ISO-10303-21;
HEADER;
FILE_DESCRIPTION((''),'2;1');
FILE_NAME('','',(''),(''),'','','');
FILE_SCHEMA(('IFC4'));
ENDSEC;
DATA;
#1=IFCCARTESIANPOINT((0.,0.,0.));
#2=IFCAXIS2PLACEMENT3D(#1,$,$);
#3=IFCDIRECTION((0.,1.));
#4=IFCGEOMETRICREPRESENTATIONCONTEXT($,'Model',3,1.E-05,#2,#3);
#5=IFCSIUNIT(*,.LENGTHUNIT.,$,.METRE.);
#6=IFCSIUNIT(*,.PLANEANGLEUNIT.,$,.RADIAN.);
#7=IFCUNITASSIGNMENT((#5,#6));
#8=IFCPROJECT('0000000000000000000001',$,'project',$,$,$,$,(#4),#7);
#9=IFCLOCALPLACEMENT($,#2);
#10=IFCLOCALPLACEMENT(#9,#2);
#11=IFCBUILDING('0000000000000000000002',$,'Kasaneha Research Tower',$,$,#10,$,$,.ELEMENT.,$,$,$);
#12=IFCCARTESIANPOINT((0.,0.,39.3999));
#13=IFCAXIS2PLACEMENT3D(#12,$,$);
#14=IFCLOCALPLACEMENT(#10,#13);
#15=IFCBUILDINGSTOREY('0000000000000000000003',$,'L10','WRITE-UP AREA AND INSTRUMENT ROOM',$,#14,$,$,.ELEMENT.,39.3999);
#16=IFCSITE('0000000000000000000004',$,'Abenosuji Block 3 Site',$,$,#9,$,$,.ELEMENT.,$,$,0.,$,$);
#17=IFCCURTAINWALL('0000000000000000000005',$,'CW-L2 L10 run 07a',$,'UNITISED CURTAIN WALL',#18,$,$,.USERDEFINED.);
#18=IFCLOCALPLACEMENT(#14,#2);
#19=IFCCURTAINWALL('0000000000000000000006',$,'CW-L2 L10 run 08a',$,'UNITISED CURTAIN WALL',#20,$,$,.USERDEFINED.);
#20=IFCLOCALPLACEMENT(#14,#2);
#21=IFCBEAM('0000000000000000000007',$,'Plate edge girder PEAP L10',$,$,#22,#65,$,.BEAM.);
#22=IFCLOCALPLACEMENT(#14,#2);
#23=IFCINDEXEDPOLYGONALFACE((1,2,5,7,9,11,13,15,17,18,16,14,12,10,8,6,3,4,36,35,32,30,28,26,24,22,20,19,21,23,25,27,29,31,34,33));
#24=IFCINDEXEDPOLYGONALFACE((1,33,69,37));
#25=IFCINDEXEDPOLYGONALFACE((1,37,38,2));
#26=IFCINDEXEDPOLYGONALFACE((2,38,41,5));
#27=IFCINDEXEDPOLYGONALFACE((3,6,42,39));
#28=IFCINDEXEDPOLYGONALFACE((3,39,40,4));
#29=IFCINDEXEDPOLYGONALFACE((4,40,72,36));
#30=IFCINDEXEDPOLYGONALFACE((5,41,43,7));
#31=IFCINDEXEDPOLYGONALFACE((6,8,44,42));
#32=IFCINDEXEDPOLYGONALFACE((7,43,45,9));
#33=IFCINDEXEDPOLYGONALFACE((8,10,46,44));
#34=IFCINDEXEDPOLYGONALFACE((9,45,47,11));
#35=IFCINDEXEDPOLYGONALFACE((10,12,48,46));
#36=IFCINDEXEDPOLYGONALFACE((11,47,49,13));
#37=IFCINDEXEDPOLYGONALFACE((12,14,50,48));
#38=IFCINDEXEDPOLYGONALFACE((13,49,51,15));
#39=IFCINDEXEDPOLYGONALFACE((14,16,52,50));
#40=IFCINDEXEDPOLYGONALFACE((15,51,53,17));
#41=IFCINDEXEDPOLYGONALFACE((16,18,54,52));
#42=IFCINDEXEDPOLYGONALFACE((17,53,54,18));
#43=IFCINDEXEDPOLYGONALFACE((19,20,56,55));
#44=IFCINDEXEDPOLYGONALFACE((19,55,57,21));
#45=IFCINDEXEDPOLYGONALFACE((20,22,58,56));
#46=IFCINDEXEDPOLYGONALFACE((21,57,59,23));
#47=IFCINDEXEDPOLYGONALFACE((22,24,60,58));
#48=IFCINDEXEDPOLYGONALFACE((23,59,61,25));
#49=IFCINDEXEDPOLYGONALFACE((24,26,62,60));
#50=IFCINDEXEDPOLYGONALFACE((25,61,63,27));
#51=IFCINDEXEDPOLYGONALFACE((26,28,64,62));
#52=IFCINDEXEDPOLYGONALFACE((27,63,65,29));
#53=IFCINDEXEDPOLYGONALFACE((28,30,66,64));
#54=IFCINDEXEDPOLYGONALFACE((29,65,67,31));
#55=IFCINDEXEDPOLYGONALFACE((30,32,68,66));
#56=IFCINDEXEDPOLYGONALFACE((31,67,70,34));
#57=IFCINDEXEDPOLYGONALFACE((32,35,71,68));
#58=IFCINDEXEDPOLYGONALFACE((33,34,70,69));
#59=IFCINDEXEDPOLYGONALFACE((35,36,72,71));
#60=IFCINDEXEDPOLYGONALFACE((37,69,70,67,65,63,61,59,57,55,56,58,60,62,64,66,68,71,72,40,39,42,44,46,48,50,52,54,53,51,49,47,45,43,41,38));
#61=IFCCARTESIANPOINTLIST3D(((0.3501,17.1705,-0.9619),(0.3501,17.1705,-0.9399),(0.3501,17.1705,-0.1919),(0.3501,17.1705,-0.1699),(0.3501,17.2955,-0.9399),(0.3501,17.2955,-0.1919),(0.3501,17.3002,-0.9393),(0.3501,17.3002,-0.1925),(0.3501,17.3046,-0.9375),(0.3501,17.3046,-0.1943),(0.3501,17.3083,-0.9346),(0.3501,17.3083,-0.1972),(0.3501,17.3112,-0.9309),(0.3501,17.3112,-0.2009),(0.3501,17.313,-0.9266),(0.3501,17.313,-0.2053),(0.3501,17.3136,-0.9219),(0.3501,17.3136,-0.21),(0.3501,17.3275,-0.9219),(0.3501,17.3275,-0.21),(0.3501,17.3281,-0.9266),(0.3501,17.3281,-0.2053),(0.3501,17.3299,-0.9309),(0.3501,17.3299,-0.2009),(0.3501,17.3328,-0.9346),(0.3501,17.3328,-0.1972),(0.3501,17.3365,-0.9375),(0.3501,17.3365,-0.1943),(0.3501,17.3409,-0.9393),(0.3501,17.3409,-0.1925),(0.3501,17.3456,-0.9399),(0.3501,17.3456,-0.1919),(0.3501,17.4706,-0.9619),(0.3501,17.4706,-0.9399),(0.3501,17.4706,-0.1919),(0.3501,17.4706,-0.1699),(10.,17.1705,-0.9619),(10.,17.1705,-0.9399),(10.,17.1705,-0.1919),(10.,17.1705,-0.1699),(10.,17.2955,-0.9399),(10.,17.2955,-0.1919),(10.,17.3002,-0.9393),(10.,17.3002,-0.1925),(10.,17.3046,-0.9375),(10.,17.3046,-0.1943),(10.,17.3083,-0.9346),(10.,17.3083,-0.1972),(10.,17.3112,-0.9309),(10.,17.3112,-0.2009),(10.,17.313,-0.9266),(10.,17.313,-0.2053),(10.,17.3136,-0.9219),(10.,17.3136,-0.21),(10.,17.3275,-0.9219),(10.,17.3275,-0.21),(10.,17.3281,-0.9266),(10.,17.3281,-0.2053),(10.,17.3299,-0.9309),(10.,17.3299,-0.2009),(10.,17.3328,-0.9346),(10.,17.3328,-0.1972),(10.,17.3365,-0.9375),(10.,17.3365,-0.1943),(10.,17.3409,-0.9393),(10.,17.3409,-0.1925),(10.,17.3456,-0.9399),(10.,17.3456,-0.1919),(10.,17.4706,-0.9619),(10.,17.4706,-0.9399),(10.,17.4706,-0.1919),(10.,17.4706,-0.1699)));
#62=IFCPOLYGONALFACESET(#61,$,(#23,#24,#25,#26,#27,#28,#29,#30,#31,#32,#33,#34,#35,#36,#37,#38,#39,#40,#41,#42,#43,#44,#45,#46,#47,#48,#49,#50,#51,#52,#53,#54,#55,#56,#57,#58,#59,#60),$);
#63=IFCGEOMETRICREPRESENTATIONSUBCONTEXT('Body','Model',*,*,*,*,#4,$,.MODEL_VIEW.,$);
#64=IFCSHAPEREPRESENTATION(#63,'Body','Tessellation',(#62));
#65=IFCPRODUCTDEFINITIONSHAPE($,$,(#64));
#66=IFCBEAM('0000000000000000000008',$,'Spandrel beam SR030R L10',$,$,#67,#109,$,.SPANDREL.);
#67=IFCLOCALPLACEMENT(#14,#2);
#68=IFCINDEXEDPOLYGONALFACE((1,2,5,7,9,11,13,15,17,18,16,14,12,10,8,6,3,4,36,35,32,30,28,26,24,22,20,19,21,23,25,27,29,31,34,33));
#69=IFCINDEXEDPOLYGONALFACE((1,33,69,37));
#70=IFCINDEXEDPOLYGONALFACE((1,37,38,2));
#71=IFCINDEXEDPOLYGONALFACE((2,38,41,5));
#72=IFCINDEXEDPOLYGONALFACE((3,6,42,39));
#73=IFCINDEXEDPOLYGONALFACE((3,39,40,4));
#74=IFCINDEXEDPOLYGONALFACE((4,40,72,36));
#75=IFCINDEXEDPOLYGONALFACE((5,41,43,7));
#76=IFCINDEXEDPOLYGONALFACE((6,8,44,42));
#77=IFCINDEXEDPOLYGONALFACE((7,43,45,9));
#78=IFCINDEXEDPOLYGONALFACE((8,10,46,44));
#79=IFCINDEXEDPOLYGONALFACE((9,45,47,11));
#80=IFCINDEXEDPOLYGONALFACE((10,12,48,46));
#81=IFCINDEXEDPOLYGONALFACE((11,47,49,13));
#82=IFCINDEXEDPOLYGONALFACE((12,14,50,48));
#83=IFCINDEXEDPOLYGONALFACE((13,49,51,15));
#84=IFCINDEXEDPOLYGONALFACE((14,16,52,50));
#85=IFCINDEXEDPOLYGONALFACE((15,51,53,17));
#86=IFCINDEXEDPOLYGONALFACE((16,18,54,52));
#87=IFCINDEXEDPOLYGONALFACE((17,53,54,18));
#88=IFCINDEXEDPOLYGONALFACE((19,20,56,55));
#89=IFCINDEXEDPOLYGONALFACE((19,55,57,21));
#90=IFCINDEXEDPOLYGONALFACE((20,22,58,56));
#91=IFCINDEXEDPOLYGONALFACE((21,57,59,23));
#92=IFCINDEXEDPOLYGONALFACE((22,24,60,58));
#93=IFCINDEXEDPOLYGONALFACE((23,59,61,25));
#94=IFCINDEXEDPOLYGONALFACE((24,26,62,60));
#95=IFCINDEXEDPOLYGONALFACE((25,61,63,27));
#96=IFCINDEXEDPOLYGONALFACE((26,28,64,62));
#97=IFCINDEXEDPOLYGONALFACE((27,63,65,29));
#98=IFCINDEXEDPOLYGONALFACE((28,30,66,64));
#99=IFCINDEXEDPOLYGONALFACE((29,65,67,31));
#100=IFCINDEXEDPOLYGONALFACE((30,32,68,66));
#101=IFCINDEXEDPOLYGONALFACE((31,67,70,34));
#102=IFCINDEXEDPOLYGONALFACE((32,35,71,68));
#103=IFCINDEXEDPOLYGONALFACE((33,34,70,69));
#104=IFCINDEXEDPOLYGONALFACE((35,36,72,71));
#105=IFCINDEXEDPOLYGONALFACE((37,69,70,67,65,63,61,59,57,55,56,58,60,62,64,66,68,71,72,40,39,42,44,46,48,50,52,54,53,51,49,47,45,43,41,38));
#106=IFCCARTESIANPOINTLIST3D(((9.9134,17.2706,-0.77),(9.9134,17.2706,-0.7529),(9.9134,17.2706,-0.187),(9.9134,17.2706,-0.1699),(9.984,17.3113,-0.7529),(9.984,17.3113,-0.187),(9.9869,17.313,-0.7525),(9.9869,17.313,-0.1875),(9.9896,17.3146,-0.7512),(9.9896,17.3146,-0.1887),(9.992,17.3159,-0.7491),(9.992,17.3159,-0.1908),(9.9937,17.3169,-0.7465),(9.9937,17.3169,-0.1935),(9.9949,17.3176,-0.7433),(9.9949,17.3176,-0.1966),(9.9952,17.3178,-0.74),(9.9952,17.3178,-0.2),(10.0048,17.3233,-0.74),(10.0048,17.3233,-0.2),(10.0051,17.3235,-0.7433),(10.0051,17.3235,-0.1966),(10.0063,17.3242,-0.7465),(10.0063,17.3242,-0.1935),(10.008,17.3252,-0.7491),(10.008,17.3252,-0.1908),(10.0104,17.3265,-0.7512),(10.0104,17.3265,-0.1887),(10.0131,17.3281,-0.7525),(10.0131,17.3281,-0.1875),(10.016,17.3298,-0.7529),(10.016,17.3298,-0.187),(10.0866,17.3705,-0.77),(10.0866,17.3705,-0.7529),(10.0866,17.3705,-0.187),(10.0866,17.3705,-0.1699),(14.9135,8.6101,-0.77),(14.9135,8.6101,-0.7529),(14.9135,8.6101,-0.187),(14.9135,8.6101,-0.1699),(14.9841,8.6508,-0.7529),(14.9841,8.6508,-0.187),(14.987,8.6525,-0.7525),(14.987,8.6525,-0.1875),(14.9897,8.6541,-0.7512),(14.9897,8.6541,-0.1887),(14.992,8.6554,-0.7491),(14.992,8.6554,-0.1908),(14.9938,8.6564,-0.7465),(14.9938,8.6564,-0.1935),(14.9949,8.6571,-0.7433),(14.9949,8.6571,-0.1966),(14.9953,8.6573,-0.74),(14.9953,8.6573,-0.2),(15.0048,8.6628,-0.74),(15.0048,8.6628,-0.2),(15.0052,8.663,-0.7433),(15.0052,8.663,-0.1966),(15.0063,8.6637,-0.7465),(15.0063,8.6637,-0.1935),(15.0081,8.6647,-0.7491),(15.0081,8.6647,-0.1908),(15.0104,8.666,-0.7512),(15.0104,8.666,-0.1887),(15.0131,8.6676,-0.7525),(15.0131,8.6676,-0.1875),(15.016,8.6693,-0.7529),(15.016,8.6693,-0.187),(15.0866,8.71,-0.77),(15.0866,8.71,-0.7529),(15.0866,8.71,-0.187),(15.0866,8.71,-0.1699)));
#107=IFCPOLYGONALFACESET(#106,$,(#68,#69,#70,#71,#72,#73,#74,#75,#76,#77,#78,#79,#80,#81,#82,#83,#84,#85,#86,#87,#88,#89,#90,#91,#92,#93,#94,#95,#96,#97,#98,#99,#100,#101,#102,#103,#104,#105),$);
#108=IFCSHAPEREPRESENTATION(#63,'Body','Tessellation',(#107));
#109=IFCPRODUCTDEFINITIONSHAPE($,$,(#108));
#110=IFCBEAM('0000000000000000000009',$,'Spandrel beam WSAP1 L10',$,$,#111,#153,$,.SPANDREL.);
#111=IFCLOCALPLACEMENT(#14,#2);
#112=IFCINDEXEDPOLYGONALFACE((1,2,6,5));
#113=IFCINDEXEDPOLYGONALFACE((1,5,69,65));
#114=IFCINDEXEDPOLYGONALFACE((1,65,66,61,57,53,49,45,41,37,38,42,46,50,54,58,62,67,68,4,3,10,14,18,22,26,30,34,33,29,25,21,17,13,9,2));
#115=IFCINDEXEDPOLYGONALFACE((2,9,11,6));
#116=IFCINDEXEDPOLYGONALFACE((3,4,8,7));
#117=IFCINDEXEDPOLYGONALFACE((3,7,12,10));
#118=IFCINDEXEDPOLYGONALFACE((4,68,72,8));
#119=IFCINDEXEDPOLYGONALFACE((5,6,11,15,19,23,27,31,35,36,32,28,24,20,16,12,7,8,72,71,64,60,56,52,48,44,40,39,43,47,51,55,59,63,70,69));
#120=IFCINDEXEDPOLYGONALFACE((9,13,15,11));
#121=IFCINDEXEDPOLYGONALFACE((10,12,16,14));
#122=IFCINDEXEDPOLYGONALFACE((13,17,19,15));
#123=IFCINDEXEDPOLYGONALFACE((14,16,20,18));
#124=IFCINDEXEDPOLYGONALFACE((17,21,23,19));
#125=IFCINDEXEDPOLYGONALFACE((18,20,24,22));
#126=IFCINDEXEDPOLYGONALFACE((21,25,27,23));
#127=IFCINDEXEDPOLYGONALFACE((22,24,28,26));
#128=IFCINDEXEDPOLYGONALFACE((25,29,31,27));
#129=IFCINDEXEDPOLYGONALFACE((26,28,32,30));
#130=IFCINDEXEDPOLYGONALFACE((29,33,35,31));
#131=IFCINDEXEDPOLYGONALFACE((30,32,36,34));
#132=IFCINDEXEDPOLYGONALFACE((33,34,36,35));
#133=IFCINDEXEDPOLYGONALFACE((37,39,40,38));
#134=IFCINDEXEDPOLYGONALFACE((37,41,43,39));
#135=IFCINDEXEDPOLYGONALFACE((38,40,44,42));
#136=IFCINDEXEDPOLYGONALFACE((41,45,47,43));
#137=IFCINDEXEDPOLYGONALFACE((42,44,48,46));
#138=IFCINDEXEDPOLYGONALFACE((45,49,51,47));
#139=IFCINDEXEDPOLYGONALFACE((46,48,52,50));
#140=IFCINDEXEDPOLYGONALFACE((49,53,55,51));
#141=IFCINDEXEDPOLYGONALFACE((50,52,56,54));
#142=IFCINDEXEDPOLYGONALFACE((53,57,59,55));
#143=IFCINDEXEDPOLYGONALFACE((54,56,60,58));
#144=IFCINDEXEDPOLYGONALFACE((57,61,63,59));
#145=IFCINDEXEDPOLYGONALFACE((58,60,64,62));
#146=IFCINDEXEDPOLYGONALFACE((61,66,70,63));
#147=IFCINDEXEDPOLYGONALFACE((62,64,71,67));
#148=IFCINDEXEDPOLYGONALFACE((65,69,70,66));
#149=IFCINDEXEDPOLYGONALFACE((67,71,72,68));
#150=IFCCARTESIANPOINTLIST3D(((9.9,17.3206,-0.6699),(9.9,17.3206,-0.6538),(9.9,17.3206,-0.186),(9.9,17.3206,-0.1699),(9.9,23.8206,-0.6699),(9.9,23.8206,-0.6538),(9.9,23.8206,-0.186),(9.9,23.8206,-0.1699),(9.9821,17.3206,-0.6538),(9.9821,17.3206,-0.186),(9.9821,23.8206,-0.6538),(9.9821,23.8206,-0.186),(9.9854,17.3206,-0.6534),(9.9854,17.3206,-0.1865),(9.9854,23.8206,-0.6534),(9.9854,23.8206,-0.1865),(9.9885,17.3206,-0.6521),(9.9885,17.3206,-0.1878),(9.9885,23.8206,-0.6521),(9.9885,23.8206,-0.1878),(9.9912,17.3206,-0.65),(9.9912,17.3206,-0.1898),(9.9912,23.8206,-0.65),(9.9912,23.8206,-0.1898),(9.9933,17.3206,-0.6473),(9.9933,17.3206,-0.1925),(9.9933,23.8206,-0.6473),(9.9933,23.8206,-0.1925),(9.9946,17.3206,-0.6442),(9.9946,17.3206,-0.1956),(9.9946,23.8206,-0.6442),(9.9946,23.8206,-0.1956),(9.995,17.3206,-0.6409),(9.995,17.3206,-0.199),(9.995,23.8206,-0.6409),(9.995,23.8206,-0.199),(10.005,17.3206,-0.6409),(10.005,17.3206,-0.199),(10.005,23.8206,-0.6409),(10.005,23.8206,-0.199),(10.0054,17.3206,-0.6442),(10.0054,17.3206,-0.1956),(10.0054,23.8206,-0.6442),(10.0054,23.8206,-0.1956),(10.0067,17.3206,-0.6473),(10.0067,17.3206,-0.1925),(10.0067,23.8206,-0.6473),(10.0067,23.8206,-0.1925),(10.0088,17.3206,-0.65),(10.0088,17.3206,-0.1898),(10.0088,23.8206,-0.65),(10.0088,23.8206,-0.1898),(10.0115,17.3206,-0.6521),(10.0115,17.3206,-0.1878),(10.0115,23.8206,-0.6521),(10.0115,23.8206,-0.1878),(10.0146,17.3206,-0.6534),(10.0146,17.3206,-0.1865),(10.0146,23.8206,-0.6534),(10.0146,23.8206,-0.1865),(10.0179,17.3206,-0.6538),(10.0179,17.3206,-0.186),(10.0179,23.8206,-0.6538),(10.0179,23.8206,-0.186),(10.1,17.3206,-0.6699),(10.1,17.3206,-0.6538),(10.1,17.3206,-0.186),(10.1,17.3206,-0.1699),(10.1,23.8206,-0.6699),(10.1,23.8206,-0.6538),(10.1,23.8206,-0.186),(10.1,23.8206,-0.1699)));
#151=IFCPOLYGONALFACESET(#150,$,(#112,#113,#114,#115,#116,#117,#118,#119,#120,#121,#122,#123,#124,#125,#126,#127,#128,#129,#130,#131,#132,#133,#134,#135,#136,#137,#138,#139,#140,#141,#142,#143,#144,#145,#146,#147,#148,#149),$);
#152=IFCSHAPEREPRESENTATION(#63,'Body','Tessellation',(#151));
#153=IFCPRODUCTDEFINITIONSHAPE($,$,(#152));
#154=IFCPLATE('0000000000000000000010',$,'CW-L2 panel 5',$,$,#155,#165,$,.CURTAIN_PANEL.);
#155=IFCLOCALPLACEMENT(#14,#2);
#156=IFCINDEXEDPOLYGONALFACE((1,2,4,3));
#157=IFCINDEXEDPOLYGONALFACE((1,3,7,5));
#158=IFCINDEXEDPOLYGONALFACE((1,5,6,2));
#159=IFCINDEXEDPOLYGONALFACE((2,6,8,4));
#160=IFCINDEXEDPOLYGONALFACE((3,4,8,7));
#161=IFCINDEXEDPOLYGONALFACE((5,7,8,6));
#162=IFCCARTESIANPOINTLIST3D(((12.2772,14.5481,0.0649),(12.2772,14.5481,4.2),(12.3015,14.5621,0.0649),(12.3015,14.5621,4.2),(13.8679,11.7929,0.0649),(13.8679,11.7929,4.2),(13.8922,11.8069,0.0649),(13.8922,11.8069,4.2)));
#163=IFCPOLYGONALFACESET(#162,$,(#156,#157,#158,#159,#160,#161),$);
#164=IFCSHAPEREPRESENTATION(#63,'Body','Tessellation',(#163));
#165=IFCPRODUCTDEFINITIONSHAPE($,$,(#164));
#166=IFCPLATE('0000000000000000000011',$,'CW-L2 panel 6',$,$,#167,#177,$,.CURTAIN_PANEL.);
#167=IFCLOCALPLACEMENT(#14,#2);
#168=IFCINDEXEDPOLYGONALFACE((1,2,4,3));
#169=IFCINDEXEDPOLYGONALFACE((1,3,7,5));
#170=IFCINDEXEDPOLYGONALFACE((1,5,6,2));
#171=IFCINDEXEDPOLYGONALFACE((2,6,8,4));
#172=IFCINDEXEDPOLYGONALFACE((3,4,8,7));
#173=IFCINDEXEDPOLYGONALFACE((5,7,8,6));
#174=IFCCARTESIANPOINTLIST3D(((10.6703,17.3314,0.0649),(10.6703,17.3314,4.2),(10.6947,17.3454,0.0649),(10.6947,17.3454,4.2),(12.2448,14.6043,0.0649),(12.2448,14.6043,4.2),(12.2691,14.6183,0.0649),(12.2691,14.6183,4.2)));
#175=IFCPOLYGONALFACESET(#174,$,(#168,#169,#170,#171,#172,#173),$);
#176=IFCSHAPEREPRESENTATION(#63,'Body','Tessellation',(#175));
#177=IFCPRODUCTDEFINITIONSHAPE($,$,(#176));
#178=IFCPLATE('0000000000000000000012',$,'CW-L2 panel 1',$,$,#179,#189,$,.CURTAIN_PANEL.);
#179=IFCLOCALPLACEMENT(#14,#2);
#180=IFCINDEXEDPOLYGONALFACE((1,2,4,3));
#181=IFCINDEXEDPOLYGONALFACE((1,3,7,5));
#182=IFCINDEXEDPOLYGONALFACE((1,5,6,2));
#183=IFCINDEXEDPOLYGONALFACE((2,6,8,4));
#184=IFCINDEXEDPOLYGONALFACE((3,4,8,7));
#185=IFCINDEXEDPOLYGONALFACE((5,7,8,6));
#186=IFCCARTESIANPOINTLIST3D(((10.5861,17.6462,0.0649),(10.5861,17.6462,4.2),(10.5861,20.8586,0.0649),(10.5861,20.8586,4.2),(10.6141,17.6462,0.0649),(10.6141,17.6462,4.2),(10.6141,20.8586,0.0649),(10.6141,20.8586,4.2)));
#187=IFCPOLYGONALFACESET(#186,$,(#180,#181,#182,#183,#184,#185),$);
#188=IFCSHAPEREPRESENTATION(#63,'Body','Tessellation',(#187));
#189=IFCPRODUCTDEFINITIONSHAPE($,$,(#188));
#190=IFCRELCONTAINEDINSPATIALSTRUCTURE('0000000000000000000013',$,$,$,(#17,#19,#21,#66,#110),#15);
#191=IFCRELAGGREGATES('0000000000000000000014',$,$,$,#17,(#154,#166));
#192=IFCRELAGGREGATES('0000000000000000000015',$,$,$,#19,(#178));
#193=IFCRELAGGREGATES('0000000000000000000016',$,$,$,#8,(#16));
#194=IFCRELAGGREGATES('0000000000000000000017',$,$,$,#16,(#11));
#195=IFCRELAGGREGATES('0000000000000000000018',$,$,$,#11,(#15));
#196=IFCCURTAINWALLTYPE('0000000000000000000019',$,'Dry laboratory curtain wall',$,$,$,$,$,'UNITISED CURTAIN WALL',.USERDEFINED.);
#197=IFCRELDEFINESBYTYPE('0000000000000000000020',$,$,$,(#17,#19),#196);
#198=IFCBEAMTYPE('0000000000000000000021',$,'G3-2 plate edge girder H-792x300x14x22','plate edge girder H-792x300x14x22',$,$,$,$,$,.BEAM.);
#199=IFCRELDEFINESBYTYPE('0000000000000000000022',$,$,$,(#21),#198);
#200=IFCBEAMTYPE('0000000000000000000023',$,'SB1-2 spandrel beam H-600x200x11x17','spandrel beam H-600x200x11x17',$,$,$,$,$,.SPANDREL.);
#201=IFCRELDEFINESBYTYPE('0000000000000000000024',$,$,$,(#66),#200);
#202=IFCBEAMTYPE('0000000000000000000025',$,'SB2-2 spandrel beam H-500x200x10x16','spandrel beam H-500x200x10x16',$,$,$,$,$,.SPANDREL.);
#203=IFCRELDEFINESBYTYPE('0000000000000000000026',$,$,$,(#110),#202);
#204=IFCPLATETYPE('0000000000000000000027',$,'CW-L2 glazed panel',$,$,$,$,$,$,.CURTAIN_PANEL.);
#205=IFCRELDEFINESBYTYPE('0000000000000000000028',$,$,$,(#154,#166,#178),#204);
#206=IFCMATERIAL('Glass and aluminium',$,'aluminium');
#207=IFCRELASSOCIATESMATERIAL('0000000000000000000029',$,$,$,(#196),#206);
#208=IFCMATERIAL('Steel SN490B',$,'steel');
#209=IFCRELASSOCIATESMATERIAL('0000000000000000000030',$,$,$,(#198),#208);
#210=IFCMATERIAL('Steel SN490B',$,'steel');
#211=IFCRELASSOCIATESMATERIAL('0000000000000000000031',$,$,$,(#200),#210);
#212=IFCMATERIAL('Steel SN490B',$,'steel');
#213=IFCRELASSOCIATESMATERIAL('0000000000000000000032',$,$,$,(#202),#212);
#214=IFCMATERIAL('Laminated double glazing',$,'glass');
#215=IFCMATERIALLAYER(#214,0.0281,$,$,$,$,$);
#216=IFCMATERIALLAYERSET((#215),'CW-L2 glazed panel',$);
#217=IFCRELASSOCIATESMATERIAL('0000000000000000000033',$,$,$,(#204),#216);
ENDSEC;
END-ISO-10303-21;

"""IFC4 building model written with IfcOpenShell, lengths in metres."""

from ifc_helpers import new_model, si_unit, direction, frame, origin, origin_2d, place, context, subcontext, project, spatial, rectangle, i_section, extrude, material, layer, layer_set, material_profile, profile_set, type_object, element, aggregate, save


model = new_model("IFC4")

# Units and contexts
model_context = context("Model", 3, precision=1e-05, world=origin(), true_north=direction((0.0, 1.0)))
body_context = subcontext(model_context, "Body", "Model", "MODEL_VIEW")
ifc_project = project(units=[si_unit("LENGTHUNIT", "METRE"), si_unit("PLANEANGLEUNIT", "RADIAN")], contexts=[model_context])

# Site, building, storey
site_placement = place(None, origin())
site = spatial("IfcSite", under=ifc_project, at=site_placement, Name="Abenosuji Block 3 Site", CompositionType="ELEMENT", RefElevation=0.0)
building_placement = place(site_placement, origin())
building = spatial("IfcBuilding", under=site, at=building_placement, Name="Kasaneha Research Tower", CompositionType="ELEMENT")
storey_placement = place(building_placement, frame((0.0, 0.0, 39.3999)))
storey = spatial("IfcBuildingStorey", under=building, at=storey_placement, Name="L10", Description="WRITE-UP AREA AND INSTRUMENT ROOM", CompositionType="ELEMENT", Elevation=39.3999)

# Curtain walls
ifc_material_1 = material(Name="Glass and aluminium", Category="aluminium")
curtain_wall_type = type_object("IfcCurtainWallType", Name="Dry laboratory curtain wall", ElementType="UNITISED CURTAIN WALL", PredefinedType="USERDEFINED", material=ifc_material_1)
curtain_wall_1_placement = place(storey_placement, origin())
curtain_wall_1 = element("IfcCurtainWall", 1, at=curtain_wall_1_placement, inside=storey, type_object=curtain_wall_type, Name="CW-L2 L10 run 07a", ObjectType="UNITISED CURTAIN WALL", PredefinedType="USERDEFINED")
curtain_wall_2_placement = place(storey_placement, origin())
curtain_wall_2 = element("IfcCurtainWall", 2, at=curtain_wall_2_placement, inside=storey, type_object=curtain_wall_type, Name="CW-L2 L10 run 08a", ObjectType="UNITISED CURTAIN WALL", PredefinedType="USERDEFINED")

# Beams
ifc_material_2 = material(Name="Steel SN490B", Category="steel")
ifc_material_profile_1 = material_profile(ifc_material_2, i_section(OverallWidth=0.3, OverallDepth=0.792, WebThickness=0.0139, FlangeThickness=0.022, FilletRadius=0.0181, at=origin_2d()), Name="H-792x300x14x22")
ifc_profile_set_1 = profile_set([ifc_material_profile_1], Name="Steel SN490B")
beam_type_1 = type_object("IfcBeamType", Name="G3-2 plate edge girder H-792x300x14x22", Description="plate edge girder H-792x300x14x22", PredefinedType="BEAM", material=ifc_profile_set_1)
beam_1_placement = place(storey_placement, frame((10.0, 17.3206, -0.5659), z_axis=(-1.0, 0.0, 0.0), x_axis=(0.0, -1.0, 0.0)))
element("IfcBeam", 3, at=beam_1_placement, inside=storey, type_object=beam_type_1, Name="Plate edge girder PEAP L10", PredefinedType="BEAM", context=body_context, shape_type="SweptSolid", body=[
    extrude(i_section(OverallWidth=0.3, OverallDepth=0.792, WebThickness=0.0139, FlangeThickness=0.022, FilletRadius=0.0181, at=origin_2d()), origin(), (0.0, 0.0, 1.0), 9.6499),
])
ifc_material_3 = material(Name="Steel SN490B", Category="steel")
ifc_material_profile_2 = material_profile(ifc_material_3, i_section(OverallWidth=0.2, OverallDepth=0.6001, WebThickness=0.011, FlangeThickness=0.0171, FilletRadius=0.0129, at=origin_2d()), Name="H-600x200x11x17")
ifc_profile_set_2 = profile_set([ifc_material_profile_2], Name="Steel SN490B")
beam_type_2 = type_object("IfcBeamType", Name="SB1-2 spandrel beam H-600x200x11x17", Description="spandrel beam H-600x200x11x17", PredefinedType="SPANDREL", material=ifc_profile_set_2)
beam_2_placement = place(storey_placement, frame((10.0, 17.3206, -0.47), z_axis=(0.499994, -0.866029, 0.0), x_axis=(0.866029, 0.499994, 0.0)))
element("IfcBeam", 4, at=beam_2_placement, inside=storey, type_object=beam_type_2, Name="Spandrel beam SR030R L10", PredefinedType="SPANDREL", context=body_context, shape_type="SweptSolid", body=[
    extrude(i_section(OverallWidth=0.2, OverallDepth=0.6001, WebThickness=0.011, FlangeThickness=0.0171, FilletRadius=0.0129, at=origin_2d()), origin(), (0.0, 0.0, 1.0), 10.0002),
])
ifc_material_4 = material(Name="Steel SN490B", Category="steel")
ifc_material_profile_3 = material_profile(ifc_material_4, i_section(OverallWidth=0.2, OverallDepth=0.5, WebThickness=0.01, FlangeThickness=0.0161, FilletRadius=0.0129, at=origin_2d()), Name="H-500x200x10x16")
ifc_profile_set_3 = profile_set([ifc_material_profile_3], Name="Steel SN490B")
beam_type_3 = type_object("IfcBeamType", Name="SB2-2 spandrel beam H-500x200x10x16", Description="spandrel beam H-500x200x10x16", PredefinedType="SPANDREL", material=ifc_profile_set_3)
beam_3_placement = place(storey_placement, frame((10.0, 17.3206, -0.4199), z_axis=(0.0, 1.0, 0.0), x_axis=(-1.0, 0.0, 0.0)))
element("IfcBeam", 5, at=beam_3_placement, inside=storey, type_object=beam_type_3, Name="Spandrel beam WSAP1 L10", PredefinedType="SPANDREL", context=body_context, shape_type="SweptSolid", body=[
    extrude(i_section(OverallWidth=0.2, OverallDepth=0.5, WebThickness=0.01, FlangeThickness=0.0161, FilletRadius=0.0129, at=origin_2d()), origin(), (0.0, 0.0, 1.0), 6.5),
])

# Plates
ifc_material_5 = material(Name="Laminated double glazing", Category="glass")
ifc_layer_1 = layer(ifc_material_5, 0.0281)
ifc_layer_set_1 = layer_set([ifc_layer_1], Name="CW-L2 glazed panel")
plate_type = type_object("IfcPlateType", Name="CW-L2 glazed panel", PredefinedType="CURTAIN_PANEL", material=ifc_layer_set_1)
plate_1_placement = place(storey_placement, frame((13.0847, 13.1775, 0.0649), z_axis=(0.0, 0.0, 1.0), x_axis=(-0.5, 0.866025, 0.0)))
plate_1 = element("IfcPlate", 6, at=plate_1_placement, type_object=plate_type, Name="CW-L2 panel 5", PredefinedType="CURTAIN_PANEL", context=body_context, shape_type="SweptSolid", body=[
    extrude(rectangle(XDim=3.1814, YDim=0.0281, at=origin_2d()), origin(), (0.0, 0.0, 1.0), 4.135),
])
plate_2_placement = place(storey_placement, frame((11.4697, 15.9749, 0.0649), z_axis=(0.0, 0.0, 1.0), x_axis=(-0.5, 0.866025, 0.0)))
plate_2 = element("IfcPlate", 7, at=plate_2_placement, type_object=plate_type, Name="CW-L2 panel 6", PredefinedType="CURTAIN_PANEL", context=body_context, shape_type="SweptSolid", body=[
    extrude(rectangle(XDim=3.1489, YDim=0.0281, at=origin_2d()), origin(), (0.0, 0.0, 1.0), 4.135),
])
aggregate(curtain_wall_1, [plate_1, plate_2])
plate_3_placement = place(storey_placement, frame((10.6001, 19.2524, 0.0649), z_axis=(0.0, 0.0, 1.0), x_axis=(0.0, 1.0, 0.0)))
plate_3 = element("IfcPlate", 8, at=plate_3_placement, type_object=plate_type, Name="CW-L2 panel 1", PredefinedType="CURTAIN_PANEL", context=body_context, shape_type="SweptSolid", body=[
    extrude(rectangle(XDim=3.2124, YDim=0.0281, at=origin_2d()), origin(), (0.0, 0.0, 1.0), 4.135),
])
aggregate(curtain_wall_2, [plate_3])

save(model, "model.ifc")
